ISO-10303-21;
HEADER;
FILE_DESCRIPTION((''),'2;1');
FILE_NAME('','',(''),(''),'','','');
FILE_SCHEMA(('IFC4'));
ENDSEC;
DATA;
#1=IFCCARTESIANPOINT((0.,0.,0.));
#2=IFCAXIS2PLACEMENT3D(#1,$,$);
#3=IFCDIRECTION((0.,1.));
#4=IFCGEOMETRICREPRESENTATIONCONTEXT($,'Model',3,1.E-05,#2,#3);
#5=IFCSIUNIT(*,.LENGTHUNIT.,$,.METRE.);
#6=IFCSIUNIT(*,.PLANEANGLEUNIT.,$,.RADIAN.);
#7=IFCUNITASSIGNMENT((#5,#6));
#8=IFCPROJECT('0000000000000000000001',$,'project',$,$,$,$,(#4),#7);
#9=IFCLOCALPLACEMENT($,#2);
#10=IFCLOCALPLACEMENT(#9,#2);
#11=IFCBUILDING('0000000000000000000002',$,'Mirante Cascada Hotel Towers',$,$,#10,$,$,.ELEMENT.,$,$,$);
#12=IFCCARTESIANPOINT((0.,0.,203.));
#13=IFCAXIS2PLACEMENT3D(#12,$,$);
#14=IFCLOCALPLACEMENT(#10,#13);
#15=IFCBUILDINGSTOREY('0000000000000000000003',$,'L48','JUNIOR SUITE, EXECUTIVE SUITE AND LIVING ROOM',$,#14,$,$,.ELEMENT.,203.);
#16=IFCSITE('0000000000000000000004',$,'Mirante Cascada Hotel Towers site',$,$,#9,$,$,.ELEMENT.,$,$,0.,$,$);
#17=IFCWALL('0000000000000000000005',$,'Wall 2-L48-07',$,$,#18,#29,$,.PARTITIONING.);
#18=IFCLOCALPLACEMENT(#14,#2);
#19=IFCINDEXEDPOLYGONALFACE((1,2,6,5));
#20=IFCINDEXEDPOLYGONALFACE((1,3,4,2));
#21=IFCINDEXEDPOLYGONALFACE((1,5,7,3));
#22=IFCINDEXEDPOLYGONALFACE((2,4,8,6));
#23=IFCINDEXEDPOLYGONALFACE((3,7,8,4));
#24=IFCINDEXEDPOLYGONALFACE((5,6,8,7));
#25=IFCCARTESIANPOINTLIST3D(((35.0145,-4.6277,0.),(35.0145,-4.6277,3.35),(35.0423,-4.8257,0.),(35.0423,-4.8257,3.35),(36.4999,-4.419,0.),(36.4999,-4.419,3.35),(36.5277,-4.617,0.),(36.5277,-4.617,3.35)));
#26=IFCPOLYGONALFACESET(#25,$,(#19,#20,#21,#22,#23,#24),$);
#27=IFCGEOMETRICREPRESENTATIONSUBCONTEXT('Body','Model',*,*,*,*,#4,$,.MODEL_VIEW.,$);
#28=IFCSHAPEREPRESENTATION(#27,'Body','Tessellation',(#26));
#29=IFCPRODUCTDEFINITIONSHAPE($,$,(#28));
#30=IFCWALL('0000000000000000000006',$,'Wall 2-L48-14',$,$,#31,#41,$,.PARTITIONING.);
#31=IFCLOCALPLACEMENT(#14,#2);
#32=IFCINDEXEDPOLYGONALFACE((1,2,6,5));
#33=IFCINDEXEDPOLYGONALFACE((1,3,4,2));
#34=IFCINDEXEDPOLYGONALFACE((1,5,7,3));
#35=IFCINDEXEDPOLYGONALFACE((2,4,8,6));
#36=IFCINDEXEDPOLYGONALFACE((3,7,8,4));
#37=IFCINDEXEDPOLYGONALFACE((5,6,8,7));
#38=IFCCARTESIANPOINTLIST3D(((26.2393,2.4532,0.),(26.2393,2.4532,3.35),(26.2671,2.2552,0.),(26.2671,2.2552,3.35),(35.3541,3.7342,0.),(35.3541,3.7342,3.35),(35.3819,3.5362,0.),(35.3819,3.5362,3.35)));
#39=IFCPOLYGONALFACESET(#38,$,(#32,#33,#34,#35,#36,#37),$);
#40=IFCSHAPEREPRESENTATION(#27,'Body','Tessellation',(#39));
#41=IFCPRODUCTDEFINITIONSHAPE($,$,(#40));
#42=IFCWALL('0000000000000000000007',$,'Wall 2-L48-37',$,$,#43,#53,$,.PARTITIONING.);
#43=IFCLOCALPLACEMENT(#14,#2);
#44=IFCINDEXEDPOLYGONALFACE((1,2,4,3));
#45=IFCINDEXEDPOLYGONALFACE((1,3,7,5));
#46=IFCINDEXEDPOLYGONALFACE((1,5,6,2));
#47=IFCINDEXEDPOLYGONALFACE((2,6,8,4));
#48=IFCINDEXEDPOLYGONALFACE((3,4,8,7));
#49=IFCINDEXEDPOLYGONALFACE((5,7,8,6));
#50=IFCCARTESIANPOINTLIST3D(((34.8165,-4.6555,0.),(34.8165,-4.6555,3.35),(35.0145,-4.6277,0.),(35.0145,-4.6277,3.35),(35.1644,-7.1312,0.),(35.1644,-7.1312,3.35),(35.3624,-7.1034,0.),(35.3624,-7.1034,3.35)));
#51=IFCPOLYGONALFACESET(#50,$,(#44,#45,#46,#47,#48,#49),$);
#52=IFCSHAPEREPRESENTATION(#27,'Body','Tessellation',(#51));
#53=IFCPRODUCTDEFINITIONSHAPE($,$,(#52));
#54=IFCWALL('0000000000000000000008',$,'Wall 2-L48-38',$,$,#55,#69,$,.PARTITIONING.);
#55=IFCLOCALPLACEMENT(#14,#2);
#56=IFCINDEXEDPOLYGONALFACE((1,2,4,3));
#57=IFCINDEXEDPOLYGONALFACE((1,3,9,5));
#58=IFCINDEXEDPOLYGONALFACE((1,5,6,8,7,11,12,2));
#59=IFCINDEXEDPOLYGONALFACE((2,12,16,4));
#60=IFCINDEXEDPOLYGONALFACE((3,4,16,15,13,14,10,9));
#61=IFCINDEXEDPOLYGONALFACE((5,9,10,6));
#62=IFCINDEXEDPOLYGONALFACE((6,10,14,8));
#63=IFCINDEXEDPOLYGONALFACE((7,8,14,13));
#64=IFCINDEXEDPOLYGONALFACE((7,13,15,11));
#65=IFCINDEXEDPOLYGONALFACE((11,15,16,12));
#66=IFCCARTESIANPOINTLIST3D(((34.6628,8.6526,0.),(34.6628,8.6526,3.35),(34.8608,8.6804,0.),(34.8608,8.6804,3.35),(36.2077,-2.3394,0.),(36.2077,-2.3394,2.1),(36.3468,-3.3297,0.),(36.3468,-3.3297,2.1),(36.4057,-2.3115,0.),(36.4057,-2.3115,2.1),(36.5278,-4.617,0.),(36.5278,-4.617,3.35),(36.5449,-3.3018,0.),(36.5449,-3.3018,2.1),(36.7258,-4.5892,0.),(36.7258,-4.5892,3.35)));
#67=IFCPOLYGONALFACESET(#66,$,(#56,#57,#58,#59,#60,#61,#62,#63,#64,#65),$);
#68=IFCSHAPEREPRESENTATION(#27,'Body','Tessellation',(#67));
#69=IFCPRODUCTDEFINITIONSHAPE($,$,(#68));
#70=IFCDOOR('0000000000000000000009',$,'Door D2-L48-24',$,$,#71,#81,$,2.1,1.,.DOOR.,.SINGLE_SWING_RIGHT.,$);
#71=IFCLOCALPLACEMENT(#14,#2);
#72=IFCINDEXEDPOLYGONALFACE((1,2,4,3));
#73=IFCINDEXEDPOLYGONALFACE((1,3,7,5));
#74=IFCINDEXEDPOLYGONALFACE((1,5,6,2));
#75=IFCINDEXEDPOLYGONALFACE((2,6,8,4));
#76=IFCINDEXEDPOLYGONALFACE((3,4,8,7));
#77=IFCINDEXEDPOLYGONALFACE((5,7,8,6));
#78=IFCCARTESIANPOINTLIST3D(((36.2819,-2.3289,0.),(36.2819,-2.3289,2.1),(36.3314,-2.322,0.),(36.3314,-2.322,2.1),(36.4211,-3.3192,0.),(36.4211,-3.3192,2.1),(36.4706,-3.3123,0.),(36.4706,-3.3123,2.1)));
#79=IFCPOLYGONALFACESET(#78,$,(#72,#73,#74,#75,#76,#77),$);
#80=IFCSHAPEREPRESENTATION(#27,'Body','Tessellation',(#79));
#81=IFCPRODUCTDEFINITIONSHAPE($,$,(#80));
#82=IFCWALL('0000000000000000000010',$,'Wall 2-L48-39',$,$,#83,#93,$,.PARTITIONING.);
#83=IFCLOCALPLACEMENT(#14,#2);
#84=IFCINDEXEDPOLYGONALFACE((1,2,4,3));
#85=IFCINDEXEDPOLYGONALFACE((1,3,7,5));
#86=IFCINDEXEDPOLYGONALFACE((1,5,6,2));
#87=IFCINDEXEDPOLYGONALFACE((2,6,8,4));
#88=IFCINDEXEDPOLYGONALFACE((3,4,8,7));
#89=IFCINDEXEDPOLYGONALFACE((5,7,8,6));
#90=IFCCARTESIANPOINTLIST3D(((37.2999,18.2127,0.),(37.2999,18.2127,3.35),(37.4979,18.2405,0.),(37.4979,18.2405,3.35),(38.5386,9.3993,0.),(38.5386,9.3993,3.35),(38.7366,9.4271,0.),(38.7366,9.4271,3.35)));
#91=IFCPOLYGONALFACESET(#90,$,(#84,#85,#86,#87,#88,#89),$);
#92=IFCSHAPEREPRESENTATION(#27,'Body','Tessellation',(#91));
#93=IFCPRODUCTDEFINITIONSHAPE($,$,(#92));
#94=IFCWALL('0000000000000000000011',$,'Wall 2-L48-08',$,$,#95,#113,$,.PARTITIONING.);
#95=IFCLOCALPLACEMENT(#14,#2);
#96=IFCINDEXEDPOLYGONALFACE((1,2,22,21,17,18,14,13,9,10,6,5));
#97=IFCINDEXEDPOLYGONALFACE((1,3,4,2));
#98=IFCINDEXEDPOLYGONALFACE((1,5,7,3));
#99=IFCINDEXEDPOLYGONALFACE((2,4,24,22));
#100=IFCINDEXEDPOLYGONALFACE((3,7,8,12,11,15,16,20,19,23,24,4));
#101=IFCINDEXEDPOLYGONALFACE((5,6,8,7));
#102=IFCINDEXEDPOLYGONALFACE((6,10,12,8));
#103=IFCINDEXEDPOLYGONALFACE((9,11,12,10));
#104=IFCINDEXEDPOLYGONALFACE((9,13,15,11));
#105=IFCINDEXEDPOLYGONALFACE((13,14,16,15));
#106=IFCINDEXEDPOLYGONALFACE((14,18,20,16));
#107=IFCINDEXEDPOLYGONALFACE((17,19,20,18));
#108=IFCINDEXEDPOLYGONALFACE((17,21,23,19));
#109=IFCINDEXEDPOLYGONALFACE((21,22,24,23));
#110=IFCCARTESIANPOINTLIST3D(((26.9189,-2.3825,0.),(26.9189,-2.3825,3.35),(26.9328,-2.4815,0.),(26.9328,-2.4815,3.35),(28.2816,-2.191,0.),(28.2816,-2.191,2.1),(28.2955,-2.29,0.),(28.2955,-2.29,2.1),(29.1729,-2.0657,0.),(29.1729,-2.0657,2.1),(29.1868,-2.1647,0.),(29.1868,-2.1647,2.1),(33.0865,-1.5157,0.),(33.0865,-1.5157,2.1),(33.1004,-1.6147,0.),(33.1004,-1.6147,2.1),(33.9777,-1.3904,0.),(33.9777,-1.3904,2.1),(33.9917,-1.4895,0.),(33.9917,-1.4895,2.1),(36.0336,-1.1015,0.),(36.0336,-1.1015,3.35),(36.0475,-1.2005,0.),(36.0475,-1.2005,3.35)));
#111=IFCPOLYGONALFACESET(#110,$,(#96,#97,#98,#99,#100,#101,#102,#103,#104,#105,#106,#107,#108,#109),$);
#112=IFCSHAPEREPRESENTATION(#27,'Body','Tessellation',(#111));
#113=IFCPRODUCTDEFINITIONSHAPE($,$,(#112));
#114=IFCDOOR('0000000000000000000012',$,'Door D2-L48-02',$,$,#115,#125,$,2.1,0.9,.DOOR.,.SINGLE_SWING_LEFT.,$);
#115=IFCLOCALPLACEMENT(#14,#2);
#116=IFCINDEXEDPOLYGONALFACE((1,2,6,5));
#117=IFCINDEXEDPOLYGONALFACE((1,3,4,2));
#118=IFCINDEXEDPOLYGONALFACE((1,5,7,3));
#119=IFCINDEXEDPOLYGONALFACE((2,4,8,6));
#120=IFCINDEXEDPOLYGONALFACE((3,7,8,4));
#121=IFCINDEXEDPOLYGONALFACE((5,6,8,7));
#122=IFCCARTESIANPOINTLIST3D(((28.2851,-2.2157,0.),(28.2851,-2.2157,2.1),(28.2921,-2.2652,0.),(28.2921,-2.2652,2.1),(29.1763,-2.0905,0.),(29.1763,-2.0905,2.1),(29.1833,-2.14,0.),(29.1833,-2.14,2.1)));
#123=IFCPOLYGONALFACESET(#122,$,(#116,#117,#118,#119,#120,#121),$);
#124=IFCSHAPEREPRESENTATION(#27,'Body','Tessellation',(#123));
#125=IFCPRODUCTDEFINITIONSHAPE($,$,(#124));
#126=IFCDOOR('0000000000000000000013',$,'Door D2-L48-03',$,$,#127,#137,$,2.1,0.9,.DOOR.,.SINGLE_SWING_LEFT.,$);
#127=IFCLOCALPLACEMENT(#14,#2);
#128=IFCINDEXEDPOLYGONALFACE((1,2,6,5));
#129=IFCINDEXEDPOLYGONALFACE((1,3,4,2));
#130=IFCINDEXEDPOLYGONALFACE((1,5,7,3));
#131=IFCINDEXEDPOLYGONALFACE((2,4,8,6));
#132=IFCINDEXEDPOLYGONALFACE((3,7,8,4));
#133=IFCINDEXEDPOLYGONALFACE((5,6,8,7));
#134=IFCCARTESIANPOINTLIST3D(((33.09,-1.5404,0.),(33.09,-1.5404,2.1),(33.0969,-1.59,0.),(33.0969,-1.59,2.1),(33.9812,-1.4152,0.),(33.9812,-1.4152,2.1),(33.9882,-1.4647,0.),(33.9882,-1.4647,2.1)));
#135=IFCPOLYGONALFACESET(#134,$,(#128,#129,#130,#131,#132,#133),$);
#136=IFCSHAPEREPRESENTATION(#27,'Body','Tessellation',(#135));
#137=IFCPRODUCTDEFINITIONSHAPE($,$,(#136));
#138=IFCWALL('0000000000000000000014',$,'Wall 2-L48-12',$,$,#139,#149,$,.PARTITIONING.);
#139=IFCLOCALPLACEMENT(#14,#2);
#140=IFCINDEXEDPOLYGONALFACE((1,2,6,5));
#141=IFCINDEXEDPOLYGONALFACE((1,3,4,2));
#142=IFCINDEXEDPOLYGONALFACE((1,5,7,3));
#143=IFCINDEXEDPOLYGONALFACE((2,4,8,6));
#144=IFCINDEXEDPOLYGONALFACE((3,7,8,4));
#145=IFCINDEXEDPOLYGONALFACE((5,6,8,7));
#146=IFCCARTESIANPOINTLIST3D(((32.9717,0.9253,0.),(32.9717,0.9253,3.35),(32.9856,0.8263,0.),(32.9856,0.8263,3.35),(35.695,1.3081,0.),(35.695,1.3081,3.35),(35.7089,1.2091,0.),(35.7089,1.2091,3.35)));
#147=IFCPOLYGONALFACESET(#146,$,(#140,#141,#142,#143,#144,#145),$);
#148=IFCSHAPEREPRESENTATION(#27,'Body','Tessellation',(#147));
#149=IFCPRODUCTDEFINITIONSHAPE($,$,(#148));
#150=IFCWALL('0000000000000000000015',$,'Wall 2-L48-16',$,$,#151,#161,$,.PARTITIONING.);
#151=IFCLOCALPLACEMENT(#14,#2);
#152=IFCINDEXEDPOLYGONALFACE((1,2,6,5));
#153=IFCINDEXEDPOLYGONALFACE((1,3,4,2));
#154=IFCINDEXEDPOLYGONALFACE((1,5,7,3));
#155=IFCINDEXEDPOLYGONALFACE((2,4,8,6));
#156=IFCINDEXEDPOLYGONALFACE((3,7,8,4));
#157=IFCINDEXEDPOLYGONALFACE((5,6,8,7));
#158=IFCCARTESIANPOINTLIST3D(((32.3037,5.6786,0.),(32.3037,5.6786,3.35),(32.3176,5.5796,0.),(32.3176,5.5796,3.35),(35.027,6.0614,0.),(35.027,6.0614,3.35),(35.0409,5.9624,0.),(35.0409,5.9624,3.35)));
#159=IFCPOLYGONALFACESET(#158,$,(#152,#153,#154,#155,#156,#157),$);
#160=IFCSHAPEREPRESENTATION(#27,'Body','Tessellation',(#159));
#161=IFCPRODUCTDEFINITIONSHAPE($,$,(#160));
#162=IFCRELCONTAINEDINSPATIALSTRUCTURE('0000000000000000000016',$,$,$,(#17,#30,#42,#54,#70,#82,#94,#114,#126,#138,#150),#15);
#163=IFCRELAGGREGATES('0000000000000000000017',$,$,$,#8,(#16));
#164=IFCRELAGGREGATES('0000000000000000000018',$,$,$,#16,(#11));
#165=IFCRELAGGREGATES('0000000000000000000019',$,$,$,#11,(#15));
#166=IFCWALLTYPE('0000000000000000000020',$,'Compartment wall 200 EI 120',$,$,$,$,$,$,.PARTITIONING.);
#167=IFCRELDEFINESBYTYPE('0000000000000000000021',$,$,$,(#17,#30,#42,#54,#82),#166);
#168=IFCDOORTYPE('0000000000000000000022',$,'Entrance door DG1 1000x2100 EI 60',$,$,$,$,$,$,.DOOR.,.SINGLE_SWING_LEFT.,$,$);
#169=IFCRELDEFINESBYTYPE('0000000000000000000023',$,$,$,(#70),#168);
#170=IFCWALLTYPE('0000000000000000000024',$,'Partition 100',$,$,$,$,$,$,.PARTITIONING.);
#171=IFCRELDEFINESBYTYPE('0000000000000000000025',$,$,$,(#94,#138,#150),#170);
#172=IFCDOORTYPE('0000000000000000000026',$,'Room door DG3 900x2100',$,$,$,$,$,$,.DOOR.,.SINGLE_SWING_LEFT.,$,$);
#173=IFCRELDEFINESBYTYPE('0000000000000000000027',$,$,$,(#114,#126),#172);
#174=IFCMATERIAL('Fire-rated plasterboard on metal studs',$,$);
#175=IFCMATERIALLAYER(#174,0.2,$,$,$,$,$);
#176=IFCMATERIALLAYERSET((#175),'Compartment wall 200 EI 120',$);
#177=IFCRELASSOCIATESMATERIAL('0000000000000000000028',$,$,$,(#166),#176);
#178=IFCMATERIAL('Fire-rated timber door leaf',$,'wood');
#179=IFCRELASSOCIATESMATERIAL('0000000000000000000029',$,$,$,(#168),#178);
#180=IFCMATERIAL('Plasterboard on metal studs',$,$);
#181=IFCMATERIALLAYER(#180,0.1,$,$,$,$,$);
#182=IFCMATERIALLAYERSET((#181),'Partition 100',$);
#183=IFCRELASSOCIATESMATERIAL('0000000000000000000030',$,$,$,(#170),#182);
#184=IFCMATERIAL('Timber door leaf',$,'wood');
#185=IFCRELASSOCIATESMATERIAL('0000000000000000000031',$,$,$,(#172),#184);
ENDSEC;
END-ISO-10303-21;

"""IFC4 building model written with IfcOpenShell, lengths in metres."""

from ifc_helpers import new_model, si_unit, direction, frame, frame_2d, origin, place, context, subcontext, project, spatial, rectangle, extrude, material, layer, layer_set, type_object, element, fill, save


model = new_model("IFC4")

# Units and contexts
model_context = context("Model", 3, precision=1e-05, world=origin(), true_north=direction((0.0, 1.0)))
body_context = subcontext(model_context, "Body", "Model", "MODEL_VIEW")
ifc_project = project(units=[si_unit("LENGTHUNIT", "METRE"), si_unit("PLANEANGLEUNIT", "RADIAN")], contexts=[model_context])

# Site, building, storey
site_placement = place(None, origin())
site = spatial("IfcSite", under=ifc_project, at=site_placement, Name="Mirante Cascada Hotel Towers site", CompositionType="ELEMENT", RefElevation=0.0)
building_placement = place(site_placement, origin())
building = spatial("IfcBuilding", under=site, at=building_placement, Name="Mirante Cascada Hotel Towers", CompositionType="ELEMENT")
storey_placement = place(building_placement, frame((0.0, 0.0, 203.0)))
storey = spatial("IfcBuildingStorey", under=building, at=storey_placement, Name="L48", Description="JUNIOR SUITE, EXECUTIVE SUITE AND LIVING ROOM", CompositionType="ELEMENT", Elevation=203.0)

# Walls
ifc_material_1 = material(Name="Fire-rated plasterboard on metal studs")
ifc_layer_1 = layer(ifc_material_1, 0.2)
ifc_layer_set_1 = layer_set([ifc_layer_1], Name="Compartment wall 200 EI 120")
wall_type_1 = type_object("IfcWallType", Name="Compartment wall 200 EI 120", PredefinedType="PARTITIONING", material=ifc_layer_set_1)
wall_1_placement = place(storey_placement, frame((35.0284, -4.7267, 0.0), z_axis=(0.0, 0.0, 1.0), x_axis=(0.990274, 0.139134, 0.0)))
element("IfcWall", 1, at=wall_1_placement, inside=storey, type_object=wall_type_1, Name="Wall 2-L48-07", PredefinedType="PARTITIONING", context=body_context, shape_type="SweptSolid", body=[
    extrude(rectangle(XDim=1.5, YDim=0.2, at=frame_2d((0.75, 0.0))), origin(), (0.0, 0.0, 1.0), 3.35),
])
wall_2_placement = place(storey_placement, frame((35.368, 3.6352, 0.0), z_axis=(0.0, 0.0, 1.0), x_axis=(-0.990268, -0.139173, 0.0)))
element("IfcWall", 2, at=wall_2_placement, inside=storey, type_object=wall_type_1, Name="Wall 2-L48-14", PredefinedType="PARTITIONING", context=body_context, shape_type="SweptSolid", body=[
    extrude(rectangle(XDim=9.2044, YDim=0.2, at=frame_2d((4.6022, 0.0))), origin(), (0.0, 0.0, 1.0), 3.35),
])
wall_3_placement = place(storey_placement, frame((35.2634, -7.1173, 0.0), z_axis=(0.0, 0.0, 1.0), x_axis=(-0.139159, 0.99027, 0.0)))
element("IfcWall", 3, at=wall_3_placement, inside=storey, type_object=wall_type_1, Name="Wall 2-L48-37", PredefinedType="PARTITIONING", context=body_context, shape_type="SweptSolid", body=[
    extrude(rectangle(XDim=2.5, YDim=0.2, at=frame_2d((1.25, 0.0))), origin(), (0.0, 0.0, 1.0), 3.35),
])

# Wall, opening, door
wall_4_placement = place(storey_placement, frame((34.7618, 8.6665, 0.0), z_axis=(0.0, 0.0, 1.0), x_axis=(0.139179, -0.990267, 0.0)))
wall_4 = element("IfcWall", 4, at=wall_4_placement, inside=storey, type_object=wall_type_1, Name="Wall 2-L48-38", PredefinedType="PARTITIONING", context=body_context, shape_type="SweptSolid", body=[
    extrude(rectangle(XDim=13.4, YDim=0.2, at=frame_2d((6.7, 0.0))), origin(), (0.0, 0.0, 1.0), 3.35),
])
opening_1_placement = place(wall_4_placement, frame((11.1, 0.0, 0.0)))
opening_1 = element("IfcOpeningElement", 5, at=opening_1_placement, cuts=wall_4, PredefinedType="OPENING", context=body_context, shape_type="SweptSolid", body=[
    extrude(rectangle(XDim=1.0, YDim=2.1, at=frame_2d((0.5, 1.05))), frame((0.0, 0.1, 0.0), z_axis=(0.0, -1.0, 0.0), x_axis=(1.0, 0.0, 0.0)), (0.0, 0.0, 1.0), 0.2),
])
ifc_material_2 = material(Name="Fire-rated timber door leaf", Category="wood")
door_type_1 = type_object("IfcDoorType", Name="Entrance door DG1 1000x2100 EI 60", OperationType="SINGLE_SWING_LEFT", PredefinedType="DOOR", material=ifc_material_2)
door_1_placement = place(opening_1_placement, frame((1.0, 0.0, 0.0), z_axis=(0.0, 0.0, 1.0), x_axis=(-1.0, 0.0, 0.0)))
door_1 = element("IfcDoor", 6, at=door_1_placement, inside=storey, type_object=door_type_1, Name="Door D2-L48-24", OperationType="SINGLE_SWING_RIGHT", OverallHeight=2.1, OverallWidth=1.0, PredefinedType="DOOR", context=body_context, shape_type="SweptSolid", body=[
    extrude(rectangle(XDim=1.0, YDim=2.1, at=frame_2d((0.5, 1.05))), frame((0.0, 0.025, 0.0), z_axis=(0.0, -1.0, 0.0), x_axis=(1.0, 0.0, 0.0)), (0.0, 0.0, 1.0), 0.05),
])
fill(opening_1, door_1)

# Wall
wall_5_placement = place(storey_placement, frame((38.6376, 9.4132, 0.0), z_axis=(0.0, 0.0, 1.0), x_axis=(-0.139179, 0.990267, 0.0)))
element("IfcWall", 7, at=wall_5_placement, inside=storey, type_object=wall_type_1, Name="Wall 2-L48-39", PredefinedType="PARTITIONING", context=body_context, shape_type="SweptSolid", body=[
    extrude(rectangle(XDim=8.9, YDim=0.2, at=frame_2d((4.45, 0.0))), origin(), (0.0, 0.0, 1.0), 3.35),
])

# Wall, openings, doors
ifc_material_3 = material(Name="Plasterboard on metal studs")
ifc_layer_2 = layer(ifc_material_3, 0.1)
ifc_layer_set_2 = layer_set([ifc_layer_2], Name="Partition 100")
wall_type_2 = type_object("IfcWallType", Name="Partition 100", PredefinedType="PARTITIONING", material=ifc_layer_set_2)
wall_6_placement = place(storey_placement, frame((36.0406, -1.151, 0.0), z_axis=(0.0, 0.0, 1.0), x_axis=(-0.990268, -0.139174, 0.0)))
wall_6 = element("IfcWall", 8, at=wall_6_placement, inside=storey, type_object=wall_type_2, Name="Wall 2-L48-08", PredefinedType="PARTITIONING", context=body_context, shape_type="SweptSolid", body=[
    extrude(rectangle(XDim=9.2043, YDim=0.1, at=frame_2d((4.6022, 0.0))), origin(), (0.0, 0.0, 1.0), 3.35),
])
opening_2_placement = place(wall_6_placement, frame((6.9282, 0.0, 0.0)))
opening_2 = element("IfcOpeningElement", 9, at=opening_2_placement, cuts=wall_6, PredefinedType="OPENING", context=body_context, shape_type="SweptSolid", body=[
    extrude(rectangle(XDim=0.9, YDim=2.1, at=frame_2d((0.45, 1.05))), frame((0.0, 0.05, 0.0), z_axis=(0.0, -1.0, 0.0), x_axis=(1.0, 0.0, 0.0)), (0.0, 0.0, 1.0), 0.1),
])
opening_3_placement = place(wall_6_placement, frame((2.0761, 0.0, 0.0)))
opening_3 = element("IfcOpeningElement", 10, at=opening_3_placement, cuts=wall_6, PredefinedType="OPENING", context=body_context, shape_type="SweptSolid", body=[
    extrude(rectangle(XDim=0.9, YDim=2.1, at=frame_2d((0.45, 1.05))), frame((0.0, 0.05, 0.0), z_axis=(0.0, -1.0, 0.0), x_axis=(1.0, 0.0, 0.0)), (0.0, 0.0, 1.0), 0.1),
])
ifc_material_4 = material(Name="Timber door leaf", Category="wood")
door_type_2 = type_object("IfcDoorType", Name="Room door DG3 900x2100", OperationType="SINGLE_SWING_LEFT", PredefinedType="DOOR", material=ifc_material_4)
door_2_placement = place(opening_2_placement, origin())
door_2 = element("IfcDoor", 11, at=door_2_placement, inside=storey, type_object=door_type_2, Name="Door D2-L48-02", OperationType="SINGLE_SWING_LEFT", OverallHeight=2.1, OverallWidth=0.9, PredefinedType="DOOR", context=body_context, shape_type="SweptSolid", body=[
    extrude(rectangle(XDim=0.9, YDim=2.1, at=frame_2d((0.45, 1.05))), frame((0.0, 0.025, 0.0), z_axis=(0.0, -1.0, 0.0), x_axis=(1.0, 0.0, 0.0)), (0.0, 0.0, 1.0), 0.05),
])
fill(opening_2, door_2)
door_3_placement = place(opening_3_placement, origin())
door_3 = element("IfcDoor", 12, at=door_3_placement, inside=storey, type_object=door_type_2, Name="Door D2-L48-03", OperationType="SINGLE_SWING_LEFT", OverallHeight=2.1, OverallWidth=0.9, PredefinedType="DOOR", context=body_context, shape_type="SweptSolid", body=[
    extrude(rectangle(XDim=0.9, YDim=2.1, at=frame_2d((0.45, 1.05))), frame((0.0, 0.025, 0.0), z_axis=(0.0, -1.0, 0.0), x_axis=(1.0, 0.0, 0.0)), (0.0, 0.0, 1.0), 0.05),
])
fill(opening_3, door_3)

# Walls
for number, where, z_axis, x_axis, name in (
    (13, (35.702, 1.2586, 0.0), (0.0, 0.0, 1.0), (-0.990265, -0.139196, 0.0), "Wall 2-L48-12"),
    (14, (35.034, 6.0119, 0.0), (0.0, 0.0, 1.0), (-0.990265, -0.139196, 0.0), "Wall 2-L48-16"),
):
    element("IfcWall", number, at=place(storey_placement, frame(where, z_axis=z_axis, x_axis=x_axis)), inside=storey, type_object=wall_type_2, Name=name, PredefinedType="PARTITIONING", context=body_context, shape_type="SweptSolid", body=[
        extrude(rectangle(XDim=2.7501, YDim=0.1, at=frame_2d((1.3751, 0.0))), origin(), (0.0, 0.0, 1.0), 3.35),
    ])

save(model, "model.ifc")
